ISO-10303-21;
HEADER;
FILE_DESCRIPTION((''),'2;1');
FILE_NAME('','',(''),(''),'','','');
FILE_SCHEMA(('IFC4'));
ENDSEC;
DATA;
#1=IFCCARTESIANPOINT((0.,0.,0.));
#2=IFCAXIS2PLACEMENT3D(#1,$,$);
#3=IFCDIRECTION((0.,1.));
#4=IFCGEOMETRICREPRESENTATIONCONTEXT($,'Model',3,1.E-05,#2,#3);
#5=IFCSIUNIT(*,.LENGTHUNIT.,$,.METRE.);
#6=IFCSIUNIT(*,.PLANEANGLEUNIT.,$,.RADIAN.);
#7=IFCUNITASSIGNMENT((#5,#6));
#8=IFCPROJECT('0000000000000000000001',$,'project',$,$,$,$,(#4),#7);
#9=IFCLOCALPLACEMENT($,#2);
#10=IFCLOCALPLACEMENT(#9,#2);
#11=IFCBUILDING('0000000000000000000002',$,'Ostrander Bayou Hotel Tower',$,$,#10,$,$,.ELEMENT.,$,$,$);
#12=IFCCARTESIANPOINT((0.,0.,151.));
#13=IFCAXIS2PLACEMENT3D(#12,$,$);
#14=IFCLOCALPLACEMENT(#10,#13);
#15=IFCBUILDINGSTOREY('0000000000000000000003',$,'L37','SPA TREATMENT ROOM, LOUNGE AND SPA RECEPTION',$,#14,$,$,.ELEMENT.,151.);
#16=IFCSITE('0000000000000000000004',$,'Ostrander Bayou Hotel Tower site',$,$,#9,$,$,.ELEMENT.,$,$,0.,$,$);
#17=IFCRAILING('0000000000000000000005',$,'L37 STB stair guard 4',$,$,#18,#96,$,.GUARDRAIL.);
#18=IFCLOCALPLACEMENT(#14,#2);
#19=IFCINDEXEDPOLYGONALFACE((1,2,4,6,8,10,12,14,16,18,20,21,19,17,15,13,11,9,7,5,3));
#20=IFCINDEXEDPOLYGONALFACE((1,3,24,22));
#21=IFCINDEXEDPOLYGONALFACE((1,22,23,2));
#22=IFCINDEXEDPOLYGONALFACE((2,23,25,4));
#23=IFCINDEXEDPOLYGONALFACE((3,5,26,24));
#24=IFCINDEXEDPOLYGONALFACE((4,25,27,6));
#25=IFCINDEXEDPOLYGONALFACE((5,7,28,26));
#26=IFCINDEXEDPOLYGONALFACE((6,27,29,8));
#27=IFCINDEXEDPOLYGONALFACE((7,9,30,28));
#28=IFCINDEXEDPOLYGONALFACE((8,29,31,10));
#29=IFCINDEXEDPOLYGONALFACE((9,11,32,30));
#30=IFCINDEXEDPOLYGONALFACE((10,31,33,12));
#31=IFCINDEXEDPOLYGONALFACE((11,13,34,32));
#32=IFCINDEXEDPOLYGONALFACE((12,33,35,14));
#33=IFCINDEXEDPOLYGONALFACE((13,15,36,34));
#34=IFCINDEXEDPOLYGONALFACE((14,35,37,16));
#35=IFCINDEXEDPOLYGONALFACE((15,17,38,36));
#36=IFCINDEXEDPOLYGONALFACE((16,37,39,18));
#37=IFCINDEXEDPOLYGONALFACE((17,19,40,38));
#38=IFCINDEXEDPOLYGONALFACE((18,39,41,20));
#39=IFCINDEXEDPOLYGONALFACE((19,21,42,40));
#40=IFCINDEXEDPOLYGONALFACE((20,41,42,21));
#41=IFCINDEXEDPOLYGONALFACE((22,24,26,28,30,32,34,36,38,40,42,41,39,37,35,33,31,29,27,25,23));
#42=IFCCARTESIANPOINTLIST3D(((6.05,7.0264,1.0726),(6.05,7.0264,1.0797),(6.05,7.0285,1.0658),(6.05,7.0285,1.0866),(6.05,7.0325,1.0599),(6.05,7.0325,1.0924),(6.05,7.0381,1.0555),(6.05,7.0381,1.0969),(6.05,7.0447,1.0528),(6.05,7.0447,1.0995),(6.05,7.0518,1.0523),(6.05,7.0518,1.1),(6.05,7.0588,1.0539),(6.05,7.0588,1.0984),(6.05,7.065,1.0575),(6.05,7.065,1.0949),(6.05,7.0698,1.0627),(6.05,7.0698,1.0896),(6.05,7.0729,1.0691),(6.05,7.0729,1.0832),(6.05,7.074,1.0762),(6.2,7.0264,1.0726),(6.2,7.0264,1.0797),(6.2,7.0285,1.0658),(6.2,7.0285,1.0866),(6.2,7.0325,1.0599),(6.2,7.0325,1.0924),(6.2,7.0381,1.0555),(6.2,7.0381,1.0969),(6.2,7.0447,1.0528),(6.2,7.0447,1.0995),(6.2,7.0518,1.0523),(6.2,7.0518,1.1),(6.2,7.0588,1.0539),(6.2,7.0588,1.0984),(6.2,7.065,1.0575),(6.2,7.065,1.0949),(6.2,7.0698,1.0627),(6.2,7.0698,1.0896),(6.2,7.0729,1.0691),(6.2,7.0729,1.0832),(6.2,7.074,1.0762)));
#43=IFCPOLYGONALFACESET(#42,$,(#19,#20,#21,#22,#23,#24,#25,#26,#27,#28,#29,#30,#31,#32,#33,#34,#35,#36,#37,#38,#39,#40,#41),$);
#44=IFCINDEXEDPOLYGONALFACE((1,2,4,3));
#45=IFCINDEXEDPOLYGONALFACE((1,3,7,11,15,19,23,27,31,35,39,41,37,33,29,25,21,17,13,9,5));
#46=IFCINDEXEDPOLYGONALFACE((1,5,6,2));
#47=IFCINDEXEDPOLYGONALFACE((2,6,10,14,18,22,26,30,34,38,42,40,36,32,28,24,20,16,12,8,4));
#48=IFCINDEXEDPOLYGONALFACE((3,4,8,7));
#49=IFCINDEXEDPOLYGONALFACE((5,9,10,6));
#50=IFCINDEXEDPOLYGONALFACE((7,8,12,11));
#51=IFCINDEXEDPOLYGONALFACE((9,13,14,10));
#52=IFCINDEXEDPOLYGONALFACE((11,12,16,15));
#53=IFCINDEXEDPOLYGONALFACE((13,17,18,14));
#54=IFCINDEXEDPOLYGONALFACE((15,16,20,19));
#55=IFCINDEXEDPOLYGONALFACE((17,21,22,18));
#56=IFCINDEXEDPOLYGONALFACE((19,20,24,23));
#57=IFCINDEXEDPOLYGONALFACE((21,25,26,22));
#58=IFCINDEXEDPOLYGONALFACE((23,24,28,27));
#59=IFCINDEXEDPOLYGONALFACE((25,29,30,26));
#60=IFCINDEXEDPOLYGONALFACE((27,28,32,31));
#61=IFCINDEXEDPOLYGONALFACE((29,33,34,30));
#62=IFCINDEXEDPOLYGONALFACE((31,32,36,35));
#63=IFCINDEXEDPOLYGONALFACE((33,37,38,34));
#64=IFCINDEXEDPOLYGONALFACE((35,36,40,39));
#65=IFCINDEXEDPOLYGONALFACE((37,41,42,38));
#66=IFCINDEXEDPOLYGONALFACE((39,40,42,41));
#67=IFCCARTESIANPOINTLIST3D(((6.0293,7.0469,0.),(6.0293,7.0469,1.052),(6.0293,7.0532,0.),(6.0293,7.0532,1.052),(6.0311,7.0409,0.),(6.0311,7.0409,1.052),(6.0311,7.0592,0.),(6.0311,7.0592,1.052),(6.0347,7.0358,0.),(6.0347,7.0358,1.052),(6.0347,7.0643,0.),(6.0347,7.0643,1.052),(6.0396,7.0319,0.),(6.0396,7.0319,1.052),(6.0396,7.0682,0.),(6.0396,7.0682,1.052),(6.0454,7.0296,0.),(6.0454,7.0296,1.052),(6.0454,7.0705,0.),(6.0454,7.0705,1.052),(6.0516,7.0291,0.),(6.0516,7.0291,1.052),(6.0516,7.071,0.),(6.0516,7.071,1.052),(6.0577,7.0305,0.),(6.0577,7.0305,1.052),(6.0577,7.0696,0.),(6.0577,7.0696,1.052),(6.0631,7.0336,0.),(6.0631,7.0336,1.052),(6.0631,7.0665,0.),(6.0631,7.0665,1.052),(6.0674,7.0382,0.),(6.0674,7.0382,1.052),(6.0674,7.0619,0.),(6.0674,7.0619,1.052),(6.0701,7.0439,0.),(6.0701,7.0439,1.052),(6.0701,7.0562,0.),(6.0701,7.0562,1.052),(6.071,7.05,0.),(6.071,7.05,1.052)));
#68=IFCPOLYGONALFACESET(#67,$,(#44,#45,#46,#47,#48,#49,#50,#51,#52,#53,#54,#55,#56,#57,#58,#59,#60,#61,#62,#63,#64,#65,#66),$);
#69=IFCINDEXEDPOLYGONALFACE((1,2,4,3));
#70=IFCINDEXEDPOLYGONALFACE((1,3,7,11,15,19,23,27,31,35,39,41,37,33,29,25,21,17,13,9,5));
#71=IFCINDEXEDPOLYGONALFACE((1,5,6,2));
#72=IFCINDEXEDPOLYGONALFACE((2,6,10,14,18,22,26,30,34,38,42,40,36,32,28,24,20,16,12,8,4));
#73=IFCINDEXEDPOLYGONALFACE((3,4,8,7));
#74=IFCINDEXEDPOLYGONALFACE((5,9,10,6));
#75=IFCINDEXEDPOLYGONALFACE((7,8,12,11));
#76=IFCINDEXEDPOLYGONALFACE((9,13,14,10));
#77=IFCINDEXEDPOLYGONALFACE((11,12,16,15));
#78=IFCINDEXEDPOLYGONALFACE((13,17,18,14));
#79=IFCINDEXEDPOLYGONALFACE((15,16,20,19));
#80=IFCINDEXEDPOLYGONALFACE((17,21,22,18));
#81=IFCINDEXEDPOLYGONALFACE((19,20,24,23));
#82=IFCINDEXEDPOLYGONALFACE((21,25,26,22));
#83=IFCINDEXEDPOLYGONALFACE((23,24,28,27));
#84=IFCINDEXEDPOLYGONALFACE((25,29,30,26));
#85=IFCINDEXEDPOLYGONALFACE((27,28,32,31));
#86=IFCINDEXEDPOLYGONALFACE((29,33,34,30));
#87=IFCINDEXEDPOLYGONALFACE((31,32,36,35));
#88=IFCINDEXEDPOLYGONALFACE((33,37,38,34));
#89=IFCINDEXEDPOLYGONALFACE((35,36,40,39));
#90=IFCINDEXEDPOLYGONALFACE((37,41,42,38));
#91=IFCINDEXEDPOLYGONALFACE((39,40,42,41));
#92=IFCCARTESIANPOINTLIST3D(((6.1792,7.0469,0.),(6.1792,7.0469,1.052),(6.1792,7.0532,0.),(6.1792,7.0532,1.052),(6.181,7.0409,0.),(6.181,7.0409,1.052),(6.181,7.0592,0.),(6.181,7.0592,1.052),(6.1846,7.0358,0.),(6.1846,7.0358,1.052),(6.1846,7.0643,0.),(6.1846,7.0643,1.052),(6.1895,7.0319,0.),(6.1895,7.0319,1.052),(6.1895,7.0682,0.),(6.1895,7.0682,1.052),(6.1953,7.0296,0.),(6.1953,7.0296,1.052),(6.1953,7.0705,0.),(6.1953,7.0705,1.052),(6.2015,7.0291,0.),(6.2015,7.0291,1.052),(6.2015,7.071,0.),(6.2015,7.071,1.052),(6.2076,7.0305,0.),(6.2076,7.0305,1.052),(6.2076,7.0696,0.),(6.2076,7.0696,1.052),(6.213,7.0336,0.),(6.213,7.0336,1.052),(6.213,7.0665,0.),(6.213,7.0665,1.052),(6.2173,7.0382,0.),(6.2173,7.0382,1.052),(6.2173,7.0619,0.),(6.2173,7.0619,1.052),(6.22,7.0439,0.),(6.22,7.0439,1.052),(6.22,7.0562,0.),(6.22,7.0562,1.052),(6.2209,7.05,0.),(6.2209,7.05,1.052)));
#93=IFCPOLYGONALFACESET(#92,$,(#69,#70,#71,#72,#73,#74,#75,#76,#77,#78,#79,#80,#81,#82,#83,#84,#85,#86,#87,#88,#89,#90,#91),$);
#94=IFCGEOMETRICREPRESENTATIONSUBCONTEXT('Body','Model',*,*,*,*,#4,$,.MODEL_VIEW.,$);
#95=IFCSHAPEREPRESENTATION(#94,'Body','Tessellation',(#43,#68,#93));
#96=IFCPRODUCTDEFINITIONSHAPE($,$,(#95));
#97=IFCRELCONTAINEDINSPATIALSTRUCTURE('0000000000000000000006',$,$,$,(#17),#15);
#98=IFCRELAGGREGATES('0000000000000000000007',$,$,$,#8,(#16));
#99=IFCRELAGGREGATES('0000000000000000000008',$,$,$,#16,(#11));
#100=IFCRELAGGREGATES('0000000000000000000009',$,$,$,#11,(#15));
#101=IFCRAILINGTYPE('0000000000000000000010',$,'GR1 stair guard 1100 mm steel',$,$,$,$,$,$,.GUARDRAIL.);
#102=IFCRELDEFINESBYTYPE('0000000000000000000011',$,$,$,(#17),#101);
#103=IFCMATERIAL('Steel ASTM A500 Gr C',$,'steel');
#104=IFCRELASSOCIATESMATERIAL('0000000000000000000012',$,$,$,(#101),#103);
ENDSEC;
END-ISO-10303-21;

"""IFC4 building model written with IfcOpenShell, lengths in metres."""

from ifc_helpers import new_model, si_unit, direction, frame, origin, origin_2d, place, context, subcontext, project, spatial, circle, extrude, material, type_object, element, save


model = new_model("IFC4")

# Units and contexts
model_context = context("Model", 3, precision=1e-05, world=origin(), true_north=direction((0.0, 1.0)))
body_context = subcontext(model_context, "Body", "Model", "MODEL_VIEW")
ifc_project = project(units=[si_unit("LENGTHUNIT", "METRE"), si_unit("PLANEANGLEUNIT", "RADIAN")], contexts=[model_context])

# Site, building, storey
site_placement = place(None, origin())
site = spatial("IfcSite", under=ifc_project, at=site_placement, Name="Ostrander Bayou Hotel Tower site", CompositionType="ELEMENT", RefElevation=0.0)
building_placement = place(site_placement, origin())
building = spatial("IfcBuilding", under=site, at=building_placement, Name="Ostrander Bayou Hotel Tower", CompositionType="ELEMENT")
storey_placement = place(building_placement, frame((0.0, 0.0, 151.0)))
storey = spatial("IfcBuildingStorey", under=building, at=storey_placement, Name="L37", Description="SPA TREATMENT ROOM, LOUNGE AND SPA RECEPTION", CompositionType="ELEMENT", Elevation=151.0)

# Railing
ifc_material_1 = material(Name="Steel ASTM A500 Gr C", Category="steel")
railing_type_1 = type_object("IfcRailingType", Name="GR1 stair guard 1100 mm steel", PredefinedType="GUARDRAIL", material=ifc_material_1)
railing_1_placement = place(storey_placement, frame((6.05, 7.05, 0.0)))
element("IfcRailing", 1, at=railing_1_placement, inside=storey, type_object=railing_type_1, Name="L37 STB stair guard 4", PredefinedType="GUARDRAIL", context=body_context, shape_type="SweptSolid", body=[
    extrude(circle(Radius=0.0239, at=origin_2d()), frame((0.0, 0.0, 1.0762), z_axis=(1.0, 0.0, 0.0), x_axis=(0.0, 1.0, 0.0)), (0.0, 0.0, 1.0), 0.1499),
    extrude(circle(Radius=0.021, at=origin_2d()), origin(), (0.0, 0.0, 1.0), 1.052),
    extrude(circle(Radius=0.021, at=origin_2d()), frame((0.1499, 0.0, 0.0)), (0.0, 0.0, 1.0), 1.052),
])

save(model, "model.ifc")
